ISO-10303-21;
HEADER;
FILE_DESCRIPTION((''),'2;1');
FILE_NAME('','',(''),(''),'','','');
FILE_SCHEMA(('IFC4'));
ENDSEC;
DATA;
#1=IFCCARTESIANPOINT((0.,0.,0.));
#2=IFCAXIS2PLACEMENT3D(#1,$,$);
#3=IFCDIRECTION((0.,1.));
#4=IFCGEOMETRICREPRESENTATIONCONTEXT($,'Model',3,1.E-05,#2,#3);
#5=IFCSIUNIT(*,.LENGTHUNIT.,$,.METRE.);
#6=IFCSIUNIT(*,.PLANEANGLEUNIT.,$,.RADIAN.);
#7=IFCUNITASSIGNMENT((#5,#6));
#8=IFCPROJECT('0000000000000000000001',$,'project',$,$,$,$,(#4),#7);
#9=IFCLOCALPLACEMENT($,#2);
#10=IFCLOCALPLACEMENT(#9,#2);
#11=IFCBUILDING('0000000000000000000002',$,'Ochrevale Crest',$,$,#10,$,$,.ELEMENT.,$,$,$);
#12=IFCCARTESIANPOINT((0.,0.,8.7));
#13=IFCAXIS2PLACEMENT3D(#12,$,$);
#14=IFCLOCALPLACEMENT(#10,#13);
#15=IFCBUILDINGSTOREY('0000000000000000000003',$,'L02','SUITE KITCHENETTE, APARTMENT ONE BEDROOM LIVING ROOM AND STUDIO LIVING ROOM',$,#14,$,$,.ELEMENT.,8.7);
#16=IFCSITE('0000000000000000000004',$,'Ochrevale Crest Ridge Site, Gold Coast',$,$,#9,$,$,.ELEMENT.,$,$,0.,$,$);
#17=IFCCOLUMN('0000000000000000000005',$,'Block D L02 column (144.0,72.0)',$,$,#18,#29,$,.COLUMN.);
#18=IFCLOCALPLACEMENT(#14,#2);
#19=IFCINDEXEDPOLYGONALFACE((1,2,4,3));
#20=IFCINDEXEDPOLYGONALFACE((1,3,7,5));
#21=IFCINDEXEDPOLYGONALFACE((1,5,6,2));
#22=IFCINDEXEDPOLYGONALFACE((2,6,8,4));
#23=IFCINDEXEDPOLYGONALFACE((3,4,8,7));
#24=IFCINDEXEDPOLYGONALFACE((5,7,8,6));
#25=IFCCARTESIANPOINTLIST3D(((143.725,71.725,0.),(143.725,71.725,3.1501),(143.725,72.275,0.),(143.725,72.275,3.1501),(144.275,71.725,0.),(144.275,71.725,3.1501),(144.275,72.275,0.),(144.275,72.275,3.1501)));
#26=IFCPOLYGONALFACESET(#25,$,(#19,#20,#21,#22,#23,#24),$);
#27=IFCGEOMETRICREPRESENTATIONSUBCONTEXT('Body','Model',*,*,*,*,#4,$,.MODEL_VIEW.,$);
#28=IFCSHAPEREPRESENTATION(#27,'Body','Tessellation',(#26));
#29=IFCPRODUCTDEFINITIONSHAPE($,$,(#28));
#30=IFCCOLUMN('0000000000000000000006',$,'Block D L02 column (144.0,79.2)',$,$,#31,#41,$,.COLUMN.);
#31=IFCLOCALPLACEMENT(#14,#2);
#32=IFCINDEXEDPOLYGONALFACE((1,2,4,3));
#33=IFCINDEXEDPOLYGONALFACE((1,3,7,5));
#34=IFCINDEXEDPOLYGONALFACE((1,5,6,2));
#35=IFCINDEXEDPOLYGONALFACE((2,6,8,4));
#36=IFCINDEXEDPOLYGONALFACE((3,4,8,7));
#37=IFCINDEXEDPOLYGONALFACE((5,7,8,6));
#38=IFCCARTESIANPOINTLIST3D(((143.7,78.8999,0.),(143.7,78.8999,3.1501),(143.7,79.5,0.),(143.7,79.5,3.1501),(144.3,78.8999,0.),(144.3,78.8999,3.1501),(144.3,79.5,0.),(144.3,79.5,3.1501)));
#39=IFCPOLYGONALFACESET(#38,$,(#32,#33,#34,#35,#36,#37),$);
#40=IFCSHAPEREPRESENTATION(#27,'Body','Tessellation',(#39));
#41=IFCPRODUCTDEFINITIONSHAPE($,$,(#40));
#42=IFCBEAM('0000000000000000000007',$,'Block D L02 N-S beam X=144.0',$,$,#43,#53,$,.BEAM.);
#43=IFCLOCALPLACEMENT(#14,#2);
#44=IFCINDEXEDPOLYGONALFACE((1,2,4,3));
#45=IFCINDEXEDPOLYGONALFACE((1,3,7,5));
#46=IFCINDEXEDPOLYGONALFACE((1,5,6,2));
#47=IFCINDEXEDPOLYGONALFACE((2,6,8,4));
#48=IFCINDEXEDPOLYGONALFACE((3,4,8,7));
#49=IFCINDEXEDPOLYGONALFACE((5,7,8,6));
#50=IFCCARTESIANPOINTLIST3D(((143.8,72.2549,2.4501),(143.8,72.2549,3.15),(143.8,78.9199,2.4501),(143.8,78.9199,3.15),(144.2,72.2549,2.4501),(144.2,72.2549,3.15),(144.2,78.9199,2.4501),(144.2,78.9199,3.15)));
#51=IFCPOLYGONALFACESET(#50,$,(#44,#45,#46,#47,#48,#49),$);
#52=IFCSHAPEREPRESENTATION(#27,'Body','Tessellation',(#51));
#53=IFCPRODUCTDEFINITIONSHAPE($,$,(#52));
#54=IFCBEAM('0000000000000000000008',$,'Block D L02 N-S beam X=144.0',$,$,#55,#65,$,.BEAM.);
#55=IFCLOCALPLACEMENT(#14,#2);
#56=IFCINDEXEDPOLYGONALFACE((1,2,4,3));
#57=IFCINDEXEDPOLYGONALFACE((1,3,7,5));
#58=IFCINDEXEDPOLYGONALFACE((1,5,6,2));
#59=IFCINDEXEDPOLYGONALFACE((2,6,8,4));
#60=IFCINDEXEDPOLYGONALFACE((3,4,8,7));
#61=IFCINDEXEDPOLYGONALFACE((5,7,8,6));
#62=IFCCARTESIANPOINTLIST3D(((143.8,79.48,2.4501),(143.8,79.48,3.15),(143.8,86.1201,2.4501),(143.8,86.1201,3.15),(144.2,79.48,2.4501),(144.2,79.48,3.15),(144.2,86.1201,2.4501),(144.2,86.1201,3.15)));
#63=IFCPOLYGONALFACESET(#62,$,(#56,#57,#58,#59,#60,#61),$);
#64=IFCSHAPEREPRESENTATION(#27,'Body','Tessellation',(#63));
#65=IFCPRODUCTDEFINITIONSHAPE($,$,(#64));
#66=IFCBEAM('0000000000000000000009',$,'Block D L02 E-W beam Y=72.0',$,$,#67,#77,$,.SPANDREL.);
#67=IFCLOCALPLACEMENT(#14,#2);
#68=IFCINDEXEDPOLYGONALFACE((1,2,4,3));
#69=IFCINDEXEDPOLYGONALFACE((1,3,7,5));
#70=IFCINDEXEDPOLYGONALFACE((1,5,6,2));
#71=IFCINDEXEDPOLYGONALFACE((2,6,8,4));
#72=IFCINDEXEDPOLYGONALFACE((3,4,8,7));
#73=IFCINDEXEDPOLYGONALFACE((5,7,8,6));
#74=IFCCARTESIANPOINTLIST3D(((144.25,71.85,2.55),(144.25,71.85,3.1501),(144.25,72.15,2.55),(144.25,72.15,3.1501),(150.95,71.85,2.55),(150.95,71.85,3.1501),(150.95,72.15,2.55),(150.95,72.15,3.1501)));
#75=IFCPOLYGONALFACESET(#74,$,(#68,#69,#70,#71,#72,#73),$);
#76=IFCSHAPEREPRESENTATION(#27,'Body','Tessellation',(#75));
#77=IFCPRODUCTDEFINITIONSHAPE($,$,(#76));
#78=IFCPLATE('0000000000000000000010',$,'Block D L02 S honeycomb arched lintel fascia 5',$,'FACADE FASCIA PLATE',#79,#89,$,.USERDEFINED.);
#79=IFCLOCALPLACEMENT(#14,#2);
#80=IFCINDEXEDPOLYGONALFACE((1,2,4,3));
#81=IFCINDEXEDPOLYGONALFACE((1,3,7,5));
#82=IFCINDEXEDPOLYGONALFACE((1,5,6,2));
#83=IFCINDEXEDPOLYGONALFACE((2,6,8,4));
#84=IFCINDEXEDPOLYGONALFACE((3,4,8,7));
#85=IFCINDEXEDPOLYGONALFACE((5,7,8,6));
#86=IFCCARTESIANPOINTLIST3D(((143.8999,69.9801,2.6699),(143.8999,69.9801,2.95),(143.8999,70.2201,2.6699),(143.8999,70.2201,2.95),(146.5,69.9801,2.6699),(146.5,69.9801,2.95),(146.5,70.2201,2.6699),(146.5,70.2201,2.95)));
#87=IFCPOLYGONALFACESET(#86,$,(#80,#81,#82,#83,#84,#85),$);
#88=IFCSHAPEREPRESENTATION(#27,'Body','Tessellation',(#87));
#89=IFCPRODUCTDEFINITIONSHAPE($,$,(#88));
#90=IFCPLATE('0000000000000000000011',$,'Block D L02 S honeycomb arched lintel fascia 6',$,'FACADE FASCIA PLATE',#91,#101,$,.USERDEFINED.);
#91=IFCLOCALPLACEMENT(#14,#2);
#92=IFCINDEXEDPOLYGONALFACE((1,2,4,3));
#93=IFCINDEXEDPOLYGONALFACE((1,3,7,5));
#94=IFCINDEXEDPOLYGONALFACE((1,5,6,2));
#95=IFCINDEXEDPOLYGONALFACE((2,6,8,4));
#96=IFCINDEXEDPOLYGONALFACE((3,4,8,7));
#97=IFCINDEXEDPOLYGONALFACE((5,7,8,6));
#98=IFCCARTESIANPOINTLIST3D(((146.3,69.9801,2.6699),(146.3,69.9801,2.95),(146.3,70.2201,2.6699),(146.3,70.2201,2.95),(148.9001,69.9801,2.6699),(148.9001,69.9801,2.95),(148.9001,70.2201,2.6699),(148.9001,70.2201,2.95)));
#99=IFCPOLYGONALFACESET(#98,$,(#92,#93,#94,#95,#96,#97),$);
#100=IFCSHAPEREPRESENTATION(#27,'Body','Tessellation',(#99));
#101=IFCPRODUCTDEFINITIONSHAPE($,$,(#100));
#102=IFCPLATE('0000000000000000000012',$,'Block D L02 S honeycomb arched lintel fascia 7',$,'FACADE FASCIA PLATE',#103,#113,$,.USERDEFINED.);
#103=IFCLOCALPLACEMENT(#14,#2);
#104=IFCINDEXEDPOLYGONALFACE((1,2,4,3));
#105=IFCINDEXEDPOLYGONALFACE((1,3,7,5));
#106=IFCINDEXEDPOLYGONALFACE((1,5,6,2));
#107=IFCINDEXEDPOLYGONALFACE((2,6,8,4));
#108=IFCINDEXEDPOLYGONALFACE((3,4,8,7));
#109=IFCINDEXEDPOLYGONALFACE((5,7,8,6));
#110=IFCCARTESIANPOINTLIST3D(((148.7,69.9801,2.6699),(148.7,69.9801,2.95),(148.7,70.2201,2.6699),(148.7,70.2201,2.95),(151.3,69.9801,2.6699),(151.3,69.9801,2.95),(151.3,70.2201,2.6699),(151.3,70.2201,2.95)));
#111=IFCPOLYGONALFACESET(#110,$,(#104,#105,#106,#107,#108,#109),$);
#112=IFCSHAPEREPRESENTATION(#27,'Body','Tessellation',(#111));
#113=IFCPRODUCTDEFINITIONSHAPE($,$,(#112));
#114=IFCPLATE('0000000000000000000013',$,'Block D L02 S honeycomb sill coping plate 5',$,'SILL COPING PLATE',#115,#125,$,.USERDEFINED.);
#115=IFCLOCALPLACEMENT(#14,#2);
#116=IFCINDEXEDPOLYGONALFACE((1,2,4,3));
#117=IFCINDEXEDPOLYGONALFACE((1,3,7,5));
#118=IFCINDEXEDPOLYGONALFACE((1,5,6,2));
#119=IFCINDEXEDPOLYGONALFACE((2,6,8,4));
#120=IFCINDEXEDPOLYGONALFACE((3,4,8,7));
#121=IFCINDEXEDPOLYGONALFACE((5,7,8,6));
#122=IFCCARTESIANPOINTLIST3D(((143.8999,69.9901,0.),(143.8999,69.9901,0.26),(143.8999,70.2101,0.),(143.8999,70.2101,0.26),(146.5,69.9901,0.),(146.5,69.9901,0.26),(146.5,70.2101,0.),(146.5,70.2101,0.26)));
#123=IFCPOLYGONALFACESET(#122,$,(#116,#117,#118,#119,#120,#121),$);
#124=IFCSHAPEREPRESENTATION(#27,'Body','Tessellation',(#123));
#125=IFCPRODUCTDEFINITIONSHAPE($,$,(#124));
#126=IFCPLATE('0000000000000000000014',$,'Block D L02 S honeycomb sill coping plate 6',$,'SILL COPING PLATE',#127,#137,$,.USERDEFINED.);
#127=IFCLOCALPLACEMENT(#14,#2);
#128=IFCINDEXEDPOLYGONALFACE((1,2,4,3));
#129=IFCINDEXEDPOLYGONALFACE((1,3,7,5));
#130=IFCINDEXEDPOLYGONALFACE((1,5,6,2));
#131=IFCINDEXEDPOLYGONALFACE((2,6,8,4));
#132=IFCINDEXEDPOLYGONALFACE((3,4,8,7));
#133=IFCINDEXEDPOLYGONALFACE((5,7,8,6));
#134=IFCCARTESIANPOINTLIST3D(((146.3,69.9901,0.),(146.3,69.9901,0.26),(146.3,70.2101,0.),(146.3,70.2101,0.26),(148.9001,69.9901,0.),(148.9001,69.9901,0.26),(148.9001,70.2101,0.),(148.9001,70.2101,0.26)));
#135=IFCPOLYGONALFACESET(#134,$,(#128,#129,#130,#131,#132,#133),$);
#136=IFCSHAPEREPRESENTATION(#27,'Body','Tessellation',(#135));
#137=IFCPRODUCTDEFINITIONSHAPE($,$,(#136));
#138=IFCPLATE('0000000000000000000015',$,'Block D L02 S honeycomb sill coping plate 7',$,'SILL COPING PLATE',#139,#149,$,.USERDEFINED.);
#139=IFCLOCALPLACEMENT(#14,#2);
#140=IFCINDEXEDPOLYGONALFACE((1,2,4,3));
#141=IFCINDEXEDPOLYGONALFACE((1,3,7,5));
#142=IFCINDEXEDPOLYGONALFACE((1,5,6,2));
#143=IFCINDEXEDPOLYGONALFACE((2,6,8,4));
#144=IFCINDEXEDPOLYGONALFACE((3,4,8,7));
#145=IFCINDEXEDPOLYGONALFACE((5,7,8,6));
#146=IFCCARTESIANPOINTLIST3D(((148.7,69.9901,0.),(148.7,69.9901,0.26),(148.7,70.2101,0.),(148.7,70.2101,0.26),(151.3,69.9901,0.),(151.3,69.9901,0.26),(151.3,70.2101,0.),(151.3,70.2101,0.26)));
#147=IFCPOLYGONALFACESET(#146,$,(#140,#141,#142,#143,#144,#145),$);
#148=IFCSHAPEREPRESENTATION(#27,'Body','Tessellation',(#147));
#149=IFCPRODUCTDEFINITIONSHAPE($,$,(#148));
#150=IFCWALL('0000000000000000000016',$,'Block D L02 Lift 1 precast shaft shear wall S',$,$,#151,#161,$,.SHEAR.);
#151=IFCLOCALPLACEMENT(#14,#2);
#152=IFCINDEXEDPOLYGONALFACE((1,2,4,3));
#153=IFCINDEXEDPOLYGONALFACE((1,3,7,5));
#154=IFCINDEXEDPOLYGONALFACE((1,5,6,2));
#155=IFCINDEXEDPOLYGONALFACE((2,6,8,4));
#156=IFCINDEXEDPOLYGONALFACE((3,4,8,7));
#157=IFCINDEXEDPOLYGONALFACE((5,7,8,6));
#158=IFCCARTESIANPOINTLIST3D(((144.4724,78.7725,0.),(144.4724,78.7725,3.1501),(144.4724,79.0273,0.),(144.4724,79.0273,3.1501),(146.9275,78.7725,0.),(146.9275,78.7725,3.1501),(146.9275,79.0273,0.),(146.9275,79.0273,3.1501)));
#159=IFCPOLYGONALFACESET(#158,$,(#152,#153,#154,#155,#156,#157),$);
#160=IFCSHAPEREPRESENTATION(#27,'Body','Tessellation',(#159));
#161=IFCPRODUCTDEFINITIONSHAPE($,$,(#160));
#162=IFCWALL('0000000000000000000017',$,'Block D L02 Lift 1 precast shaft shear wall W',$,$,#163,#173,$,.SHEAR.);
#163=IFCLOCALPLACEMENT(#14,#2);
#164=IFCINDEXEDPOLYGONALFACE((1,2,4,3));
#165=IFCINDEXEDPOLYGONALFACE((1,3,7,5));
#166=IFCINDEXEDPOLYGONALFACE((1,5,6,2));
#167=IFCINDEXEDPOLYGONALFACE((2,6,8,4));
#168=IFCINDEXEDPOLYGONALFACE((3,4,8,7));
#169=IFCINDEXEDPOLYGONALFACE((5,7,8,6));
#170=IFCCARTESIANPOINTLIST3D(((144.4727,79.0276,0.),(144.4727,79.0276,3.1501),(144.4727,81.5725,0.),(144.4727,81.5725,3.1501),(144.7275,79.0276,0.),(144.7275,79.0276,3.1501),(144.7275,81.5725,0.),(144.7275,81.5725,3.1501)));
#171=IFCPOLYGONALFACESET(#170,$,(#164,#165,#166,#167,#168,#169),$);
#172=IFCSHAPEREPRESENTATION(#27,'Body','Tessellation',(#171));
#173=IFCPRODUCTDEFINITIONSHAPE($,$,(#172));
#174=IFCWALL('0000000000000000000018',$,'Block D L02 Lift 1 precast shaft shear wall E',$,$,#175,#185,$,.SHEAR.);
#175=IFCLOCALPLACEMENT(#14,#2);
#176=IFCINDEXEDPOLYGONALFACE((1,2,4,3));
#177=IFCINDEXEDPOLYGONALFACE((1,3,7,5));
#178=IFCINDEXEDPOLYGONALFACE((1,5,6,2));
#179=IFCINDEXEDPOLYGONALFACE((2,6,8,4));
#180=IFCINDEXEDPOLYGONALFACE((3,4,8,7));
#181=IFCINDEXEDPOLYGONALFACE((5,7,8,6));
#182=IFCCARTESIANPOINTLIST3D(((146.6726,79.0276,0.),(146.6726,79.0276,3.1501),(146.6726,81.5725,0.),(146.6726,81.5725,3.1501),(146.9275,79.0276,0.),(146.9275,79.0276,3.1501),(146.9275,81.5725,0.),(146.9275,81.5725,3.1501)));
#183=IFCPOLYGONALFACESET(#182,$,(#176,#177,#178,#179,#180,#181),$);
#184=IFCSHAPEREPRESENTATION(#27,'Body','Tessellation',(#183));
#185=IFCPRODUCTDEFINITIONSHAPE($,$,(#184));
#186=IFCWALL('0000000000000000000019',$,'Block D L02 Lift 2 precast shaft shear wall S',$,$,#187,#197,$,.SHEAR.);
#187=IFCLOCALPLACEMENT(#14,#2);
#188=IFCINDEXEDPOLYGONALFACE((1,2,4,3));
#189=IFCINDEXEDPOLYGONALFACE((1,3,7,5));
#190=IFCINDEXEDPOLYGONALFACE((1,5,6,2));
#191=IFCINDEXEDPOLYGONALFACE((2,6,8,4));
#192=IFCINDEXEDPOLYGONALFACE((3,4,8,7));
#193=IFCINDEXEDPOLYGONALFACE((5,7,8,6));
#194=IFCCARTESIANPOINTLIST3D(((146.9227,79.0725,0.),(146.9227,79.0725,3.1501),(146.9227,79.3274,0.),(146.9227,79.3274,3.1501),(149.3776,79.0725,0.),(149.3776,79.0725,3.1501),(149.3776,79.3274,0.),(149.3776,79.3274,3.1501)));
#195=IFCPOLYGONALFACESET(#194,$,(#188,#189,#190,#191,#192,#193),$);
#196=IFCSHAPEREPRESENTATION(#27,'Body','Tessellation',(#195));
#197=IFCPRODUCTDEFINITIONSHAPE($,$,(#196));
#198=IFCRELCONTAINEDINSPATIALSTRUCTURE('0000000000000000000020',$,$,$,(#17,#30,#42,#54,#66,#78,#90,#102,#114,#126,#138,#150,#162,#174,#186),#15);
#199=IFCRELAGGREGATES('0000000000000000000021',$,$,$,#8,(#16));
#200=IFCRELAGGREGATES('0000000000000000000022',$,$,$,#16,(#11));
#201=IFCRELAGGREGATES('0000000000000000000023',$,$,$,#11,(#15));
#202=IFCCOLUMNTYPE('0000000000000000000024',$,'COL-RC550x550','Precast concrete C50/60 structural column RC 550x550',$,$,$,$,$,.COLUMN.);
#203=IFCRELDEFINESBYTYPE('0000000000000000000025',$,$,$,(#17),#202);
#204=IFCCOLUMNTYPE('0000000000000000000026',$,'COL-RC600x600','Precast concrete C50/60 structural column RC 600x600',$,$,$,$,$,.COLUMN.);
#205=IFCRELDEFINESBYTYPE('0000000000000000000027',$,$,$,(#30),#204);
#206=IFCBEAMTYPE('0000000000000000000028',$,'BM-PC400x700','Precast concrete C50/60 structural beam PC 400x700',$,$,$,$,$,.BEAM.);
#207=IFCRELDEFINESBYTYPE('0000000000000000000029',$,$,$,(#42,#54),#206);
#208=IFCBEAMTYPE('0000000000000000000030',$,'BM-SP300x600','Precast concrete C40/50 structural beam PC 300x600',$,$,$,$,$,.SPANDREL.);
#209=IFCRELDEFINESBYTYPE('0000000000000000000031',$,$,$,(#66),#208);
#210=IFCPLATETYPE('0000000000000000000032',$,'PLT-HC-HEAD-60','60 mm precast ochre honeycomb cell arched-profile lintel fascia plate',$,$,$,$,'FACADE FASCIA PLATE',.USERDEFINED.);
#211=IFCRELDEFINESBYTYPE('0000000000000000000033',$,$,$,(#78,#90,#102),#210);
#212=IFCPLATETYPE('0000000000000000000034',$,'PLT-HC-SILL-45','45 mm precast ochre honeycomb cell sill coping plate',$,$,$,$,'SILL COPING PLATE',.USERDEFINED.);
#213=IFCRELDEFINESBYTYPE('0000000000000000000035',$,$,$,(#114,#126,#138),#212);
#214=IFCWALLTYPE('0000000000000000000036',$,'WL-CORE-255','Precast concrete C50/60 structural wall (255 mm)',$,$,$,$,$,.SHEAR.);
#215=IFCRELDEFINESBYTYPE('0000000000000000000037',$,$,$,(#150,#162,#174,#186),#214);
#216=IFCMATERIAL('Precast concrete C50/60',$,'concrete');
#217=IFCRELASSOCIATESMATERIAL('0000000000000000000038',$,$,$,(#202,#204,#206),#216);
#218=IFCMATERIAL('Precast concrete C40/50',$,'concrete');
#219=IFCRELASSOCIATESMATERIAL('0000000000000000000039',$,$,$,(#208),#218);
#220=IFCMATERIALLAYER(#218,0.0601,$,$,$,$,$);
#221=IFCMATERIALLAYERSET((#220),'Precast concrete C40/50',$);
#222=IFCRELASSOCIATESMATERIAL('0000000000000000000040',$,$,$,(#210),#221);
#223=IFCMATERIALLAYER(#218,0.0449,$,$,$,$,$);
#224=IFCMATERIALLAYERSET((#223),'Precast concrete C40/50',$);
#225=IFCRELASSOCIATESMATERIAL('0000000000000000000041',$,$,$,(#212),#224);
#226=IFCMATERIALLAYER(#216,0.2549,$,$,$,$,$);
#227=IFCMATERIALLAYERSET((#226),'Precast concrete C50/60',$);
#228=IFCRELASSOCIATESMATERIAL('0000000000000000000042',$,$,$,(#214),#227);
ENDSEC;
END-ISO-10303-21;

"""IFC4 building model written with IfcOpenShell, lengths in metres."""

from ifc_helpers import new_model, si_unit, direction, frame, frame_2d, origin, origin_2d, place, context, subcontext, project, spatial, rectangle, extrude, material, layer, layer_set, material_profile, profile_set, type_object, element, save


model = new_model("IFC4")

# Units and contexts
model_context = context("Model", 3, precision=1e-05, world=origin(), true_north=direction((0.0, 1.0)))
body_context = subcontext(model_context, "Body", "Model", "MODEL_VIEW")
ifc_project = project(units=[si_unit("LENGTHUNIT", "METRE"), si_unit("PLANEANGLEUNIT", "RADIAN")], contexts=[model_context])

# Site, building, storey
site_placement = place(None, origin())
site = spatial("IfcSite", under=ifc_project, at=site_placement, Name="Ochrevale Crest Ridge Site, Gold Coast", CompositionType="ELEMENT", RefElevation=0.0)
building_placement = place(site_placement, origin())
building = spatial("IfcBuilding", under=site, at=building_placement, Name="Ochrevale Crest", CompositionType="ELEMENT")
storey_placement = place(building_placement, frame((0.0, 0.0, 8.7)))
storey = spatial("IfcBuildingStorey", under=building, at=storey_placement, Name="L02", Description="SUITE KITCHENETTE, APARTMENT ONE BEDROOM LIVING ROOM AND STUDIO LIVING ROOM", CompositionType="ELEMENT", Elevation=8.7)

# Columns
ifc_material_1 = material(Name="Precast concrete C50/60", Category="concrete")
ifc_material_profile_1 = material_profile(ifc_material_1, rectangle(XDim=0.55, YDim=0.55, at=origin_2d()), Name="RC 550x550")
ifc_profile_set_1 = profile_set([ifc_material_profile_1], Name="Precast concrete C50/60")
column_type_1 = type_object("IfcColumnType", Name="COL-RC550x550", Description="Precast concrete C50/60 structural column RC 550x550", PredefinedType="COLUMN", material=ifc_profile_set_1)
column_1_placement = place(storey_placement, frame((144.0, 72.0, 0.0), z_axis=(0.0, 0.0, 1.0), x_axis=(1.0, 0.0, 0.0)))
element("IfcColumn", 1, at=column_1_placement, inside=storey, type_object=column_type_1, Name="Block D L02 column (144.0,72.0)", PredefinedType="COLUMN", context=body_context, shape_type="SweptSolid", body=[
    extrude(rectangle(XDim=0.55, YDim=0.55, at=origin_2d()), origin(), (0.0, 0.0, 1.0), 3.1501),
])
ifc_material_profile_2 = material_profile(ifc_material_1, rectangle(XDim=0.6001, YDim=0.6001, at=origin_2d()), Name="RC 600x600")
ifc_profile_set_2 = profile_set([ifc_material_profile_2], Name="Precast concrete C50/60")
column_type_2 = type_object("IfcColumnType", Name="COL-RC600x600", Description="Precast concrete C50/60 structural column RC 600x600", PredefinedType="COLUMN", material=ifc_profile_set_2)
column_2_placement = place(storey_placement, frame((144.0, 79.2, 0.0), z_axis=(0.0, 0.0, 1.0), x_axis=(1.0, 0.0, 0.0)))
element("IfcColumn", 2, at=column_2_placement, inside=storey, type_object=column_type_2, Name="Block D L02 column (144.0,79.2)", PredefinedType="COLUMN", context=body_context, shape_type="SweptSolid", body=[
    extrude(rectangle(XDim=0.6001, YDim=0.6001, at=origin_2d()), origin(), (0.0, 0.0, 1.0), 3.1501),
])

# Beams
ifc_material_profile_3 = material_profile(ifc_material_1, rectangle(XDim=0.3999, YDim=0.7, at=origin_2d()), Name="PC 400x700")
ifc_profile_set_3 = profile_set([ifc_material_profile_3], Name="Precast concrete C50/60")
beam_type_1 = type_object("IfcBeamType", Name="BM-PC400x700", Description="Precast concrete C50/60 structural beam PC 400x700", PredefinedType="BEAM", material=ifc_profile_set_3)
beam_1_placement = place(storey_placement, frame((144.0, 72.2549, 2.8), z_axis=(0.0, 1.0, 0.0), x_axis=(-1.0, 0.0, 0.0)))
element("IfcBeam", 3, at=beam_1_placement, inside=storey, type_object=beam_type_1, Name="Block D L02 N-S beam X=144.0", PredefinedType="BEAM", context=body_context, shape_type="SweptSolid", body=[
    extrude(rectangle(XDim=0.3999, YDim=0.7, at=origin_2d()), origin(), (0.0, 0.0, 1.0), 6.665),
])
beam_2_placement = place(storey_placement, frame((144.0, 79.48, 2.8), z_axis=(0.0, 1.0, 0.0), x_axis=(-1.0, 0.0, 0.0)))
element("IfcBeam", 4, at=beam_2_placement, inside=storey, type_object=beam_type_1, Name="Block D L02 N-S beam X=144.0", PredefinedType="BEAM", context=body_context, shape_type="SweptSolid", body=[
    extrude(rectangle(XDim=0.3999, YDim=0.7, at=origin_2d()), origin(), (0.0, 0.0, 1.0), 6.6401),
])
ifc_material_2 = material(Name="Precast concrete C40/50", Category="concrete")
ifc_material_profile_4 = material_profile(ifc_material_2, rectangle(XDim=0.3, YDim=0.6001, at=origin_2d()), Name="PC 300x600")
ifc_profile_set_4 = profile_set([ifc_material_profile_4], Name="Precast concrete C40/50")
beam_type_2 = type_object("IfcBeamType", Name="BM-SP300x600", Description="Precast concrete C40/50 structural beam PC 300x600", PredefinedType="SPANDREL", material=ifc_profile_set_4)
beam_3_placement = place(storey_placement, frame((144.25, 72.0, 2.8501), z_axis=(1.0, 0.0, 0.0), x_axis=(0.0, 1.0, 0.0)))
element("IfcBeam", 5, at=beam_3_placement, inside=storey, type_object=beam_type_2, Name="Block D L02 E-W beam Y=72.0", PredefinedType="SPANDREL", context=body_context, shape_type="SweptSolid", body=[
    extrude(rectangle(XDim=0.3, YDim=0.6001, at=origin_2d()), origin(), (0.0, 0.0, 1.0), 6.7),
])

# Plates
ifc_layer_1 = layer(ifc_material_2, 0.0601)
ifc_layer_set_1 = layer_set([ifc_layer_1], Name="Precast concrete C40/50")
plate_type_1 = type_object("IfcPlateType", Name="PLT-HC-HEAD-60", Description="60 mm precast ochre honeycomb cell arched-profile lintel fascia plate", ElementType="FACADE FASCIA PLATE", PredefinedType="USERDEFINED", material=ifc_layer_set_1)
for number, where, z_axis, x_axis, name in (
    (6, (145.2, 70.1001, 2.6699), (0.0, 0.0, 1.0), (1.0, 0.0, 0.0), "Block D L02 S honeycomb arched lintel fascia 5"),
    (7, (147.6001, 70.1001, 2.6699), (0.0, 0.0, 1.0), (1.0, 0.0, 0.0), "Block D L02 S honeycomb arched lintel fascia 6"),
    (8, (150.0, 70.1001, 2.6699), (0.0, 0.0, 1.0), (1.0, 0.0, 0.0), "Block D L02 S honeycomb arched lintel fascia 7"),
):
    element("IfcPlate", number, at=place(storey_placement, frame(where, z_axis=z_axis, x_axis=x_axis)), inside=storey, type_object=plate_type_1, Name=name, ObjectType="FACADE FASCIA PLATE", PredefinedType="USERDEFINED", context=body_context, shape_type="SweptSolid", body=[
        extrude(rectangle(XDim=2.6001, YDim=0.24, at=origin_2d()), origin(), (0.0, 0.0, 1.0), 0.28),
    ])
ifc_layer_2 = layer(ifc_material_2, 0.0449)
ifc_layer_set_2 = layer_set([ifc_layer_2], Name="Precast concrete C40/50")
plate_type_2 = type_object("IfcPlateType", Name="PLT-HC-SILL-45", Description="45 mm precast ochre honeycomb cell sill coping plate", ElementType="SILL COPING PLATE", PredefinedType="USERDEFINED", material=ifc_layer_set_2)
for number, where, z_axis, x_axis, name in (
    (9, (145.2, 70.1001, 0.0), (0.0, 0.0, 1.0), (1.0, 0.0, 0.0), "Block D L02 S honeycomb sill coping plate 5"),
    (10, (147.6001, 70.1001, 0.0), (0.0, 0.0, 1.0), (1.0, 0.0, 0.0), "Block D L02 S honeycomb sill coping plate 6"),
    (11, (150.0, 70.1001, 0.0), (0.0, 0.0, 1.0), (1.0, 0.0, 0.0), "Block D L02 S honeycomb sill coping plate 7"),
):
    element("IfcPlate", number, at=place(storey_placement, frame(where, z_axis=z_axis, x_axis=x_axis)), inside=storey, type_object=plate_type_2, Name=name, ObjectType="SILL COPING PLATE", PredefinedType="USERDEFINED", context=body_context, shape_type="SweptSolid", body=[
        extrude(rectangle(XDim=2.6001, YDim=0.22, at=origin_2d()), origin(), (0.0, 0.0, 1.0), 0.26),
    ])

# Walls
ifc_layer_3 = layer(ifc_material_1, 0.2549)
ifc_layer_set_3 = layer_set([ifc_layer_3], Name="Precast concrete C50/60")
wall_type_1 = type_object("IfcWallType", Name="WL-CORE-255", Description="Precast concrete C50/60 structural wall (255 mm)", PredefinedType="SHEAR", material=ifc_layer_set_3)
wall_1_placement = place(storey_placement, frame((144.4724, 78.8999, 0.0), z_axis=(0.0, 0.0, 1.0), x_axis=(1.0, 0.0, 0.0)))
element("IfcWall", 12, at=wall_1_placement, inside=storey, type_object=wall_type_1, Name="Block D L02 Lift 1 precast shaft shear wall S", PredefinedType="SHEAR", context=body_context, shape_type="SweptSolid", body=[
    extrude(rectangle(XDim=2.4551, YDim=0.2549, at=frame_2d((1.2275, 0.0))), origin(), (0.0, 0.0, 1.0), 3.1501),
])
for number, where, z_axis, x_axis, name in (
    (13, (144.6001, 79.0276, 0.0), (0.0, 0.0, 1.0), (0.0, 1.0, 0.0), "Block D L02 Lift 1 precast shaft shear wall W"),
    (14, (146.8, 79.0276, 0.0), (0.0, 0.0, 1.0), (0.0, 1.0, 0.0), "Block D L02 Lift 1 precast shaft shear wall E"),
):
    element("IfcWall", number, at=place(storey_placement, frame(where, z_axis=z_axis, x_axis=x_axis)), inside=storey, type_object=wall_type_1, Name=name, PredefinedType="SHEAR", context=body_context, shape_type="SweptSolid", body=[
        extrude(rectangle(XDim=2.5449, YDim=0.2549, at=frame_2d((1.2725, 0.0))), origin(), (0.0, 0.0, 1.0), 3.1501),
    ])
wall_2_placement = place(storey_placement, frame((146.9226, 79.2, 0.0), z_axis=(0.0, 0.0, 1.0), x_axis=(1.0, 0.0, 0.0)))
element("IfcWall", 15, at=wall_2_placement, inside=storey, type_object=wall_type_1, Name="Block D L02 Lift 2 precast shaft shear wall S", PredefinedType="SHEAR", context=body_context, shape_type="SweptSolid", body=[
    extrude(rectangle(XDim=2.4548, YDim=0.2549, at=frame_2d((1.2275, 0.0))), origin(), (0.0, 0.0, 1.0), 3.1501),
])

save(model, "model.ifc")
